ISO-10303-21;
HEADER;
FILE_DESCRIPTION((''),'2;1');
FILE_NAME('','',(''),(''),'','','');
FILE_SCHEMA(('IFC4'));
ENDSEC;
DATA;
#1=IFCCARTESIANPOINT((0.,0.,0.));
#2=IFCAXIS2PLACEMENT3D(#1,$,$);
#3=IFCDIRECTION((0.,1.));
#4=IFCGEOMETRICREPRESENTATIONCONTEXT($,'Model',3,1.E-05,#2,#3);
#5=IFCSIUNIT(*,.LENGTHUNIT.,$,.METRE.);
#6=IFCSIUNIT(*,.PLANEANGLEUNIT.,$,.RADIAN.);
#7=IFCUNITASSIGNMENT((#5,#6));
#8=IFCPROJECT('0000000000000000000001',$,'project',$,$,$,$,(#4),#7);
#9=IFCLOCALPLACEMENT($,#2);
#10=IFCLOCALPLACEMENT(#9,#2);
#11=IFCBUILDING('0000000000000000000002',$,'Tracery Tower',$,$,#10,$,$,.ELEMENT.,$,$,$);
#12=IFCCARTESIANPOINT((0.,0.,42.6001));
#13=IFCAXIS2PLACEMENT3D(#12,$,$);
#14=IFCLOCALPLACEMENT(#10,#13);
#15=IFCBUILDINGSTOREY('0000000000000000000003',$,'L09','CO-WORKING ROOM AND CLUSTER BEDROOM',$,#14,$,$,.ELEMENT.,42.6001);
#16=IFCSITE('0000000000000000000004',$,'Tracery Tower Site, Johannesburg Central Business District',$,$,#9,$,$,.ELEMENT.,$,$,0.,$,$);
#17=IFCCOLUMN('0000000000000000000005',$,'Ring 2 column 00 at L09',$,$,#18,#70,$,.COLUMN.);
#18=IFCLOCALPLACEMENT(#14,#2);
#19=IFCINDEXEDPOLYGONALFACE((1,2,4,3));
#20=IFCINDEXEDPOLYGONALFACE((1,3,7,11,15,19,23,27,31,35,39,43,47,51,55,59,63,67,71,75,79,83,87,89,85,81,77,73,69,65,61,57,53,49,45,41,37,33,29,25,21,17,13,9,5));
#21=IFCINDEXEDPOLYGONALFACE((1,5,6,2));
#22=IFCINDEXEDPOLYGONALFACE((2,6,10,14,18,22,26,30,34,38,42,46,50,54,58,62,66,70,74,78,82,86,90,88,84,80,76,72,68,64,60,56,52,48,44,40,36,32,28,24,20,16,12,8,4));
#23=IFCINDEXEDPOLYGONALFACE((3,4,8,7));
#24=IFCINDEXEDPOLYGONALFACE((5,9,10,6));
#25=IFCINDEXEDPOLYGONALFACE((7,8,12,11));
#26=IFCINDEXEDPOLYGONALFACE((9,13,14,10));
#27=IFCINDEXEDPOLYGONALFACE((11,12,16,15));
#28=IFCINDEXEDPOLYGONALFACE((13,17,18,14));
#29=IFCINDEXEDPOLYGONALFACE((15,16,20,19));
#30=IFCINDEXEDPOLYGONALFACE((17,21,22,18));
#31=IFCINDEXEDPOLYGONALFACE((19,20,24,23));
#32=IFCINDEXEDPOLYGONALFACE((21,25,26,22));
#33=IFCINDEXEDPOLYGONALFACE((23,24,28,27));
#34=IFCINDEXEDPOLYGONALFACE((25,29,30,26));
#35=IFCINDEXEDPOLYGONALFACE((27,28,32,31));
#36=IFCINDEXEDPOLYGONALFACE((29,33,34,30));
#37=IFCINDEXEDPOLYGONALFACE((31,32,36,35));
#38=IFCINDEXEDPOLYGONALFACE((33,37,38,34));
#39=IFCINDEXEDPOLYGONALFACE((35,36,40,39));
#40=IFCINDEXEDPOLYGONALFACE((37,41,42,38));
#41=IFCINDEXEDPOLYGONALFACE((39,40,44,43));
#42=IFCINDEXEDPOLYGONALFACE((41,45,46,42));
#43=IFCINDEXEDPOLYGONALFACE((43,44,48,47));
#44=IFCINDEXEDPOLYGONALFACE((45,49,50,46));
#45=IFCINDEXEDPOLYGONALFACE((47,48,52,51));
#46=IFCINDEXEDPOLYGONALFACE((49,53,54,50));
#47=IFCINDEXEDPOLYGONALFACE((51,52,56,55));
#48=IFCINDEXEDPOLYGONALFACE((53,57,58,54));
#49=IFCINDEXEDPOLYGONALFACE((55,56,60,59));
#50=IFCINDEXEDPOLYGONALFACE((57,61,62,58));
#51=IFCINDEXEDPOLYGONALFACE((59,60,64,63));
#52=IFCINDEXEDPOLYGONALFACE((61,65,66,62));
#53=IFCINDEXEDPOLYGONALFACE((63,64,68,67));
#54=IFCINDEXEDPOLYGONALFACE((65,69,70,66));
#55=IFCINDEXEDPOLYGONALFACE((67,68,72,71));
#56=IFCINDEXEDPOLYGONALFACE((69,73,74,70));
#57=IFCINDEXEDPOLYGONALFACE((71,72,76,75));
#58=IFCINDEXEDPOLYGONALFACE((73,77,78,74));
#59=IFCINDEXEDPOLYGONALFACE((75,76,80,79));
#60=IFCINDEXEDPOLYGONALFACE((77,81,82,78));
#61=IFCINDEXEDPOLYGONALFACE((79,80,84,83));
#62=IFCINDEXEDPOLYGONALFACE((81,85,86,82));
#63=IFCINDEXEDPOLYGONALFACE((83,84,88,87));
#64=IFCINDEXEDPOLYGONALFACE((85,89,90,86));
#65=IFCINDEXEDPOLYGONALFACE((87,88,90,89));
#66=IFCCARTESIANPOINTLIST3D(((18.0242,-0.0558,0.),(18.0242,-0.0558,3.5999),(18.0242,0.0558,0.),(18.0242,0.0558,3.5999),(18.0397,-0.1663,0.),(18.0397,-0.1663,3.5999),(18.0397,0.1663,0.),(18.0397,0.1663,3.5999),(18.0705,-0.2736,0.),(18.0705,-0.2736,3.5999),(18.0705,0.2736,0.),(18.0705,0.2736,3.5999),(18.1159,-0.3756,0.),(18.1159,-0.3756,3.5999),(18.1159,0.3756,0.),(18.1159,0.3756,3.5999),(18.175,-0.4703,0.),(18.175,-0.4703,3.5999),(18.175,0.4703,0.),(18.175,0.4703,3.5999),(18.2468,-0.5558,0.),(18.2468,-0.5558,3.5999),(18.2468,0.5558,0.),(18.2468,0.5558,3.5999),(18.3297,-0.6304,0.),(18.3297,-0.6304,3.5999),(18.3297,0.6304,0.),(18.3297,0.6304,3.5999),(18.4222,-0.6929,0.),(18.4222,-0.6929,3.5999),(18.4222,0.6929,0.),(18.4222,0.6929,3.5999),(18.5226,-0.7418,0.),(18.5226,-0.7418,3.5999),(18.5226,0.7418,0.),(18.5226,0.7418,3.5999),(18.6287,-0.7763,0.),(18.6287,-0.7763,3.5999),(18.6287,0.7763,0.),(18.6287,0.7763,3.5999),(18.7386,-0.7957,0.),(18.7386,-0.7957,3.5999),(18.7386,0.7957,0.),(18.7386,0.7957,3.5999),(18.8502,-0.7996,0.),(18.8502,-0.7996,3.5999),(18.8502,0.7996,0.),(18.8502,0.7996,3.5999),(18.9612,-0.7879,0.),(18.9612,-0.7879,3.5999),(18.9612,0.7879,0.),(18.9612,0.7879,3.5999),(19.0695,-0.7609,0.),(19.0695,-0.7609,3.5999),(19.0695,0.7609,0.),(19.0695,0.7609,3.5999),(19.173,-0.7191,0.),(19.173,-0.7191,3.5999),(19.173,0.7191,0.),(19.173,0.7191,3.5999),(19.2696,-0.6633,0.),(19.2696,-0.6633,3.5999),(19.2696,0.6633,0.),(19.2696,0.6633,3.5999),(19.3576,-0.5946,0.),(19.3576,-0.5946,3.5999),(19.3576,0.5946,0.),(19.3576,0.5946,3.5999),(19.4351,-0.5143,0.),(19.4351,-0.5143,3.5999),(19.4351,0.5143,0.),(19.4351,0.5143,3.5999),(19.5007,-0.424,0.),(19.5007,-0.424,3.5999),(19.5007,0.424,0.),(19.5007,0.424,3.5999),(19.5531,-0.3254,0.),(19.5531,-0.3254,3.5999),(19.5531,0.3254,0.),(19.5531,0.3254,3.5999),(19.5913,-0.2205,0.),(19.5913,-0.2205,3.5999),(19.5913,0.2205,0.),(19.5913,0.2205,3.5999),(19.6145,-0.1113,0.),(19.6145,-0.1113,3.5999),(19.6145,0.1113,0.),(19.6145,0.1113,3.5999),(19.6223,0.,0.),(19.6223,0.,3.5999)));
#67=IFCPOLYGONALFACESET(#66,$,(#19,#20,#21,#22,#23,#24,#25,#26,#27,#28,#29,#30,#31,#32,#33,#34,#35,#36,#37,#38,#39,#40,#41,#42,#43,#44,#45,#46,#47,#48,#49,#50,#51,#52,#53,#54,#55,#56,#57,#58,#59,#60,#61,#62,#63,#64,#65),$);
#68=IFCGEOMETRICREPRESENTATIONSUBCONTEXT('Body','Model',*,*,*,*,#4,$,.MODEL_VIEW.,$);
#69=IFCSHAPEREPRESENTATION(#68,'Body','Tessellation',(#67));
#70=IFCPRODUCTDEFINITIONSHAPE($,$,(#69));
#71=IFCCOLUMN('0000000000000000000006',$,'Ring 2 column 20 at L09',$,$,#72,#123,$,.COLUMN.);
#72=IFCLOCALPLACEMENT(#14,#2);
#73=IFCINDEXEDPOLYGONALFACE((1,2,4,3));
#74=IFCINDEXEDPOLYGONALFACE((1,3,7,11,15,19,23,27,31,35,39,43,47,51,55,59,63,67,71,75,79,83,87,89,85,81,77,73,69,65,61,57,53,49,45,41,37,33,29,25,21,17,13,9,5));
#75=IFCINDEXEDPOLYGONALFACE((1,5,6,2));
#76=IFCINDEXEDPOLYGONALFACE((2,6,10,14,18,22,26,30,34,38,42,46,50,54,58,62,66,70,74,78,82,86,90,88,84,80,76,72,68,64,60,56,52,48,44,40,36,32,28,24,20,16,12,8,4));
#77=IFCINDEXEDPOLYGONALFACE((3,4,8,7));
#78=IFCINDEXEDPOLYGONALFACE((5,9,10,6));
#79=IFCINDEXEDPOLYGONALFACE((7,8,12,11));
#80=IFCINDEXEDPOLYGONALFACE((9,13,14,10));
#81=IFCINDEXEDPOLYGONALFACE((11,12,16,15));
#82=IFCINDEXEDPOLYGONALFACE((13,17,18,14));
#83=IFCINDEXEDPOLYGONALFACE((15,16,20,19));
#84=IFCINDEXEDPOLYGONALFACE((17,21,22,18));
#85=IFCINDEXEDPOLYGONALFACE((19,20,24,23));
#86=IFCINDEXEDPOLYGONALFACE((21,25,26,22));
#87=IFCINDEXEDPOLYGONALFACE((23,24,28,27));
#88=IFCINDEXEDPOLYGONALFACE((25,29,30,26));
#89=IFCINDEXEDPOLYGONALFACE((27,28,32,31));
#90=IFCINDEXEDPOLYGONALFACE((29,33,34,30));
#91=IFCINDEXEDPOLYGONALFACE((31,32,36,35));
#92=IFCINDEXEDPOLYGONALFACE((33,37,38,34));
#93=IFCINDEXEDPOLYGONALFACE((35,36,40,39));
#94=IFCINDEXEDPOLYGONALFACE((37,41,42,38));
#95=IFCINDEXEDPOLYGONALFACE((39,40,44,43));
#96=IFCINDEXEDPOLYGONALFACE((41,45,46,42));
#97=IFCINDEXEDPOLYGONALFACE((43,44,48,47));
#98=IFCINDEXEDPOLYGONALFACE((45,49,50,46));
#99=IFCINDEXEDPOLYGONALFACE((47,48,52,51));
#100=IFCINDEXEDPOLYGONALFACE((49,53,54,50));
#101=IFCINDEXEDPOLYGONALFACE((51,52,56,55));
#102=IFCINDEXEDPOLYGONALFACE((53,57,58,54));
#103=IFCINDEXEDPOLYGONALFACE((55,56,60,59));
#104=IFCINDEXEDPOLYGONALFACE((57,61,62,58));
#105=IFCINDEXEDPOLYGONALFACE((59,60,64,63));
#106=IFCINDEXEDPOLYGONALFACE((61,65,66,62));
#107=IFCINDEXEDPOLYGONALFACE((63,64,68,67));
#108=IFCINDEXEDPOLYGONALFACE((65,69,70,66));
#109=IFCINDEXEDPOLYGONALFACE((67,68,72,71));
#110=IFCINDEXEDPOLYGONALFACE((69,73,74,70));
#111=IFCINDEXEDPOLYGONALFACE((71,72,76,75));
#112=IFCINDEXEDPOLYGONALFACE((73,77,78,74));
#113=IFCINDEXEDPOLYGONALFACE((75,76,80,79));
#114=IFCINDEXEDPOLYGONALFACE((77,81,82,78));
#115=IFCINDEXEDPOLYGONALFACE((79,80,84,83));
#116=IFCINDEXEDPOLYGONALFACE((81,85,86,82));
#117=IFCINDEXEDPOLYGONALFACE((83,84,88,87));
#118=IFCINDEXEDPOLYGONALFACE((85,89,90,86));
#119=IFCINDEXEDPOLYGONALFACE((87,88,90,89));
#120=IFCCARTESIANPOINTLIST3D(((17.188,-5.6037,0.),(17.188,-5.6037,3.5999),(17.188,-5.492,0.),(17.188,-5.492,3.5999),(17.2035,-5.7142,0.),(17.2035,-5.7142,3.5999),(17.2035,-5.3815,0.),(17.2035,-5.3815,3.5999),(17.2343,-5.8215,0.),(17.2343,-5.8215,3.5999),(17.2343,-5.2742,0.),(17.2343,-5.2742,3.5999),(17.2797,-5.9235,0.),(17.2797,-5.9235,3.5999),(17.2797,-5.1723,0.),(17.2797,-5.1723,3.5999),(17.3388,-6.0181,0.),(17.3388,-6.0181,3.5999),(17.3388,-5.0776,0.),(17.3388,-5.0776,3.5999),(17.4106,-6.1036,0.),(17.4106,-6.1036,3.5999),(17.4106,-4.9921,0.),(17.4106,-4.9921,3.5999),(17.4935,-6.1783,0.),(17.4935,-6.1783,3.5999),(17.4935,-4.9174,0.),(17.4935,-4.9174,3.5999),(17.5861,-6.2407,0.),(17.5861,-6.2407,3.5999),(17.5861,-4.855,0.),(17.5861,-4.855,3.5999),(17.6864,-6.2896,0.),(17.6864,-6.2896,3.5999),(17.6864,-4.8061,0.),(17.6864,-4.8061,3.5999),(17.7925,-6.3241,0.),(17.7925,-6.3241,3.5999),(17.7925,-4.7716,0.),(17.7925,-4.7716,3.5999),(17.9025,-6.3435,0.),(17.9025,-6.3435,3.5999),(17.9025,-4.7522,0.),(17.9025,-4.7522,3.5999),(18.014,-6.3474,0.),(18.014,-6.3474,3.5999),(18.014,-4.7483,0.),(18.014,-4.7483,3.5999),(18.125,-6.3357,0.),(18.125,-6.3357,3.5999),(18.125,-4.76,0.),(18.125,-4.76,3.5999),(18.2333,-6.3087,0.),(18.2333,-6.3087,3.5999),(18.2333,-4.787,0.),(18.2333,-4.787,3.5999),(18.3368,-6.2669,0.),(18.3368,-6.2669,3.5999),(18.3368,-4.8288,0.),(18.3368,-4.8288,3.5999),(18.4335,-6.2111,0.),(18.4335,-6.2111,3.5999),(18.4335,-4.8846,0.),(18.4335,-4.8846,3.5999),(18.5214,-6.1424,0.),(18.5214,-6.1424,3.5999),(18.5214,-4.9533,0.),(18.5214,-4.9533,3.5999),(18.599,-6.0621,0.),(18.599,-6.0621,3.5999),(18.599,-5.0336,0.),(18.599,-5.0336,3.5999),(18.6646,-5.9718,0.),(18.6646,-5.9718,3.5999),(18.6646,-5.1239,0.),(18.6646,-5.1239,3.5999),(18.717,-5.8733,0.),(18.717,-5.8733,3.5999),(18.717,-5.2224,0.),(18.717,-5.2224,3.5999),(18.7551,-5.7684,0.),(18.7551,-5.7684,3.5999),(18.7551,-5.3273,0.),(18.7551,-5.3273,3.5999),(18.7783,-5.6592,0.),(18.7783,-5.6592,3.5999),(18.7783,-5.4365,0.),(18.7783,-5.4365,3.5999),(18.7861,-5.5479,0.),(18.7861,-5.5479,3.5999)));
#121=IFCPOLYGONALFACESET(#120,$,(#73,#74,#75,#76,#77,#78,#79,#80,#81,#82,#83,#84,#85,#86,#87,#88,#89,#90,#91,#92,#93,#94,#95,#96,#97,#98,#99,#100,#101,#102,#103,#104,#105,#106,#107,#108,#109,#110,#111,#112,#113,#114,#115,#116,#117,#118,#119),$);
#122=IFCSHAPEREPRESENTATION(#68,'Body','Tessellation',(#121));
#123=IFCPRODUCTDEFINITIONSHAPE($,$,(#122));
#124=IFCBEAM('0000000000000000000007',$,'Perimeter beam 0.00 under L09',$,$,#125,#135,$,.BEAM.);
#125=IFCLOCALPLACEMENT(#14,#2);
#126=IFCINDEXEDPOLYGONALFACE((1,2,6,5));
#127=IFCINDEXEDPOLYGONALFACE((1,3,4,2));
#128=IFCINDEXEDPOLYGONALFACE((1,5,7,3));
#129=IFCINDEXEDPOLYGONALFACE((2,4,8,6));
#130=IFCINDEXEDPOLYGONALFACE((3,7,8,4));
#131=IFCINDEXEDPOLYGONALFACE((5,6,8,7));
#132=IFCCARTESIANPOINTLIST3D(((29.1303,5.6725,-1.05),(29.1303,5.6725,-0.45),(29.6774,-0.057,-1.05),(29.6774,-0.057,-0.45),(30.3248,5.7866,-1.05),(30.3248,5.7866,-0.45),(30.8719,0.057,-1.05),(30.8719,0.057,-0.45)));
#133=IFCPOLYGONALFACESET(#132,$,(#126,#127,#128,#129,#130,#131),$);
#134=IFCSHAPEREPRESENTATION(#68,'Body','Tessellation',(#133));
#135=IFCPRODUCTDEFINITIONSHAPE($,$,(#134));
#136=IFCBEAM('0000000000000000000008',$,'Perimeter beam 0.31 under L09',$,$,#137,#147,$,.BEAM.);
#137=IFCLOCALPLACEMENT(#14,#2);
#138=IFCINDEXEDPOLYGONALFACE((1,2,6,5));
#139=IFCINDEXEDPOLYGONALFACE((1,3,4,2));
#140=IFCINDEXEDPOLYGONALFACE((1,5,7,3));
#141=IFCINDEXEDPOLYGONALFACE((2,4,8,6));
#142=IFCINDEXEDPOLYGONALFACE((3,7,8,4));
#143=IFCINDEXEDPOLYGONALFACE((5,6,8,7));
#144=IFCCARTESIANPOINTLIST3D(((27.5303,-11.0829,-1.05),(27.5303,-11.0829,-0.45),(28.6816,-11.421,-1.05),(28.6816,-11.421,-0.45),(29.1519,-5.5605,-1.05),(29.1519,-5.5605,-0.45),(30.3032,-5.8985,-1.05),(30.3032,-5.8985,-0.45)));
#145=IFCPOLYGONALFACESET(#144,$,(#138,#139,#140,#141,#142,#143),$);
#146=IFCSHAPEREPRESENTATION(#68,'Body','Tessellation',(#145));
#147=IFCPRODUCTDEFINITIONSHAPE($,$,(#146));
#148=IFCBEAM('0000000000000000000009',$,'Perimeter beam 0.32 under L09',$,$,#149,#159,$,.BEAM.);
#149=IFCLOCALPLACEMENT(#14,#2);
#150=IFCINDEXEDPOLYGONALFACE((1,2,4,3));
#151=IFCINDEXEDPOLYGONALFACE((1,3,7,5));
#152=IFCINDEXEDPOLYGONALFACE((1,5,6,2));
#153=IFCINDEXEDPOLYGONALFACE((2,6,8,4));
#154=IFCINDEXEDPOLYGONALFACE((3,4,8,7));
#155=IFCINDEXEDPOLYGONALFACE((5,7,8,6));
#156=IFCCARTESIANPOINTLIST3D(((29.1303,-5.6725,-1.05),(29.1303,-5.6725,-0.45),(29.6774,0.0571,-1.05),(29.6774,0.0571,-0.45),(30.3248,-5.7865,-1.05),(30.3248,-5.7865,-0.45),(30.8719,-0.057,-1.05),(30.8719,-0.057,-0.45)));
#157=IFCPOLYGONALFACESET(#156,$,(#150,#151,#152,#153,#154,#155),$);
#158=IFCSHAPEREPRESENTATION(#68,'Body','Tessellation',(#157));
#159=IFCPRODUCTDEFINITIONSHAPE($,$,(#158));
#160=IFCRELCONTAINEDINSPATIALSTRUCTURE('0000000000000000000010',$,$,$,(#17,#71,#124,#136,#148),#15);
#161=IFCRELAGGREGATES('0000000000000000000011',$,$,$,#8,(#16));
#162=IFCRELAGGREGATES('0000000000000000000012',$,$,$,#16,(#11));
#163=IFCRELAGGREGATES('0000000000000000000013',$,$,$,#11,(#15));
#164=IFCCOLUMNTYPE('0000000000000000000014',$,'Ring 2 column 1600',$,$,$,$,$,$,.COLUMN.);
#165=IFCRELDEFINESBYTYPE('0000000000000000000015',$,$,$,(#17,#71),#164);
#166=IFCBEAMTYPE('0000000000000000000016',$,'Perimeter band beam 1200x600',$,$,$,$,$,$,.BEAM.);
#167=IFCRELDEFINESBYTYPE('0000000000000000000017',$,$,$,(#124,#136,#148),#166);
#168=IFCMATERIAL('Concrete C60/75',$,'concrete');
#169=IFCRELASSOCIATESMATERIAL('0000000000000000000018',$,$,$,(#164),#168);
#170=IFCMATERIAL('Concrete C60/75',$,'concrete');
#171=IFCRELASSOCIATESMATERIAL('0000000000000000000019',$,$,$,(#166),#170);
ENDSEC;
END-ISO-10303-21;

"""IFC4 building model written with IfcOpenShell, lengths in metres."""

from ifc_helpers import new_model, si_unit, direction, frame, origin, origin_2d, place, context, subcontext, project, spatial, rectangle, circle, extrude, material, material_profile, profile_set, type_object, element, save


model = new_model("IFC4")

# Units and contexts
model_context = context("Model", 3, precision=1e-05, world=origin(), true_north=direction((0.0, 1.0)))
body_context = subcontext(model_context, "Body", "Model", "MODEL_VIEW")
ifc_project = project(units=[si_unit("LENGTHUNIT", "METRE"), si_unit("PLANEANGLEUNIT", "RADIAN")], contexts=[model_context])

# Site, building, storey
site_placement = place(None, origin())
site = spatial("IfcSite", under=ifc_project, at=site_placement, Name="Tracery Tower Site, Johannesburg Central Business District", CompositionType="ELEMENT", RefElevation=0.0)
building_placement = place(site_placement, origin())
building = spatial("IfcBuilding", under=site, at=building_placement, Name="Tracery Tower", CompositionType="ELEMENT")
storey_placement = place(building_placement, frame((0.0, 0.0, 42.6001)))
storey = spatial("IfcBuildingStorey", under=building, at=storey_placement, Name="L09", Description="CO-WORKING ROOM AND CLUSTER BEDROOM", CompositionType="ELEMENT", Elevation=42.6001)

# Columns
ifc_material_1 = material(Name="Concrete C60/75", Category="concrete")
ifc_material_profile_1 = material_profile(ifc_material_1, circle(Radius=0.8, at=origin_2d()), Name="RC D1600")
ifc_profile_set_1 = profile_set([ifc_material_profile_1], Name="Concrete C60/75")
column_type_1 = type_object("IfcColumnType", Name="Ring 2 column 1600", PredefinedType="COLUMN", material=ifc_profile_set_1)
for number, where, z_axis, x_axis, name in (
    (1, (18.8223, 0.0, 0.0), (0.0, 0.0, 1.0), (1.0, 0.0, 0.0), "Ring 2 column 00 at L09"),
    (2, (17.9861, -5.5479, 0.0), (0.0, 0.0, 1.0), (1.0, 0.0, 0.0), "Ring 2 column 20 at L09"),
):
    element("IfcColumn", number, at=place(storey_placement, frame(where, z_axis=z_axis, x_axis=x_axis)), inside=storey, type_object=column_type_1, Name=name, PredefinedType="COLUMN", context=body_context, shape_type="SweptSolid", body=[
        extrude(circle(Radius=0.8, at=origin_2d()), origin(), (0.0, 0.0, 1.0), 3.5999),
    ])

# Beams
ifc_material_2 = material(Name="Concrete C60/75", Category="concrete")
ifc_material_profile_2 = material_profile(ifc_material_2, rectangle(XDim=1.2, YDim=0.6001, at=origin_2d()), Name="RC 1200x600")
ifc_profile_set_2 = profile_set([ifc_material_profile_2], Name="Concrete C60/75")
beam_type = type_object("IfcBeamType", Name="Perimeter band beam 1200x600", PredefinedType="BEAM", material=ifc_profile_set_2)
for number, where, z_axis, x_axis, name in (
    (3, (30.2747, 0.0, -0.75), (-0.095059, 0.995472, 0.0), (-0.995472, -0.095059, 0.0), "Perimeter beam 0.00 under L09"),
    (4, (28.106, -11.252, -0.75), (0.281739, 0.959491, 0.0), (-0.959491, 0.281739, 0.0), "Perimeter beam 0.31 under L09"),
    (5, (29.7275, -5.7295, -0.75), (0.095059, 0.995472, 0.0), (-0.995472, 0.095059, 0.0), "Perimeter beam 0.32 under L09"),
):
    element("IfcBeam", number, at=place(storey_placement, frame(where, z_axis=z_axis, x_axis=x_axis)), inside=storey, type_object=beam_type, Name=name, PredefinedType="BEAM", context=body_context, shape_type="SweptSolid", body=[
        extrude(rectangle(XDim=1.2, YDim=0.6001, at=origin_2d()), origin(), (0.0, 0.0, 1.0), 5.7556),
    ])

save(model, "model.ifc")
